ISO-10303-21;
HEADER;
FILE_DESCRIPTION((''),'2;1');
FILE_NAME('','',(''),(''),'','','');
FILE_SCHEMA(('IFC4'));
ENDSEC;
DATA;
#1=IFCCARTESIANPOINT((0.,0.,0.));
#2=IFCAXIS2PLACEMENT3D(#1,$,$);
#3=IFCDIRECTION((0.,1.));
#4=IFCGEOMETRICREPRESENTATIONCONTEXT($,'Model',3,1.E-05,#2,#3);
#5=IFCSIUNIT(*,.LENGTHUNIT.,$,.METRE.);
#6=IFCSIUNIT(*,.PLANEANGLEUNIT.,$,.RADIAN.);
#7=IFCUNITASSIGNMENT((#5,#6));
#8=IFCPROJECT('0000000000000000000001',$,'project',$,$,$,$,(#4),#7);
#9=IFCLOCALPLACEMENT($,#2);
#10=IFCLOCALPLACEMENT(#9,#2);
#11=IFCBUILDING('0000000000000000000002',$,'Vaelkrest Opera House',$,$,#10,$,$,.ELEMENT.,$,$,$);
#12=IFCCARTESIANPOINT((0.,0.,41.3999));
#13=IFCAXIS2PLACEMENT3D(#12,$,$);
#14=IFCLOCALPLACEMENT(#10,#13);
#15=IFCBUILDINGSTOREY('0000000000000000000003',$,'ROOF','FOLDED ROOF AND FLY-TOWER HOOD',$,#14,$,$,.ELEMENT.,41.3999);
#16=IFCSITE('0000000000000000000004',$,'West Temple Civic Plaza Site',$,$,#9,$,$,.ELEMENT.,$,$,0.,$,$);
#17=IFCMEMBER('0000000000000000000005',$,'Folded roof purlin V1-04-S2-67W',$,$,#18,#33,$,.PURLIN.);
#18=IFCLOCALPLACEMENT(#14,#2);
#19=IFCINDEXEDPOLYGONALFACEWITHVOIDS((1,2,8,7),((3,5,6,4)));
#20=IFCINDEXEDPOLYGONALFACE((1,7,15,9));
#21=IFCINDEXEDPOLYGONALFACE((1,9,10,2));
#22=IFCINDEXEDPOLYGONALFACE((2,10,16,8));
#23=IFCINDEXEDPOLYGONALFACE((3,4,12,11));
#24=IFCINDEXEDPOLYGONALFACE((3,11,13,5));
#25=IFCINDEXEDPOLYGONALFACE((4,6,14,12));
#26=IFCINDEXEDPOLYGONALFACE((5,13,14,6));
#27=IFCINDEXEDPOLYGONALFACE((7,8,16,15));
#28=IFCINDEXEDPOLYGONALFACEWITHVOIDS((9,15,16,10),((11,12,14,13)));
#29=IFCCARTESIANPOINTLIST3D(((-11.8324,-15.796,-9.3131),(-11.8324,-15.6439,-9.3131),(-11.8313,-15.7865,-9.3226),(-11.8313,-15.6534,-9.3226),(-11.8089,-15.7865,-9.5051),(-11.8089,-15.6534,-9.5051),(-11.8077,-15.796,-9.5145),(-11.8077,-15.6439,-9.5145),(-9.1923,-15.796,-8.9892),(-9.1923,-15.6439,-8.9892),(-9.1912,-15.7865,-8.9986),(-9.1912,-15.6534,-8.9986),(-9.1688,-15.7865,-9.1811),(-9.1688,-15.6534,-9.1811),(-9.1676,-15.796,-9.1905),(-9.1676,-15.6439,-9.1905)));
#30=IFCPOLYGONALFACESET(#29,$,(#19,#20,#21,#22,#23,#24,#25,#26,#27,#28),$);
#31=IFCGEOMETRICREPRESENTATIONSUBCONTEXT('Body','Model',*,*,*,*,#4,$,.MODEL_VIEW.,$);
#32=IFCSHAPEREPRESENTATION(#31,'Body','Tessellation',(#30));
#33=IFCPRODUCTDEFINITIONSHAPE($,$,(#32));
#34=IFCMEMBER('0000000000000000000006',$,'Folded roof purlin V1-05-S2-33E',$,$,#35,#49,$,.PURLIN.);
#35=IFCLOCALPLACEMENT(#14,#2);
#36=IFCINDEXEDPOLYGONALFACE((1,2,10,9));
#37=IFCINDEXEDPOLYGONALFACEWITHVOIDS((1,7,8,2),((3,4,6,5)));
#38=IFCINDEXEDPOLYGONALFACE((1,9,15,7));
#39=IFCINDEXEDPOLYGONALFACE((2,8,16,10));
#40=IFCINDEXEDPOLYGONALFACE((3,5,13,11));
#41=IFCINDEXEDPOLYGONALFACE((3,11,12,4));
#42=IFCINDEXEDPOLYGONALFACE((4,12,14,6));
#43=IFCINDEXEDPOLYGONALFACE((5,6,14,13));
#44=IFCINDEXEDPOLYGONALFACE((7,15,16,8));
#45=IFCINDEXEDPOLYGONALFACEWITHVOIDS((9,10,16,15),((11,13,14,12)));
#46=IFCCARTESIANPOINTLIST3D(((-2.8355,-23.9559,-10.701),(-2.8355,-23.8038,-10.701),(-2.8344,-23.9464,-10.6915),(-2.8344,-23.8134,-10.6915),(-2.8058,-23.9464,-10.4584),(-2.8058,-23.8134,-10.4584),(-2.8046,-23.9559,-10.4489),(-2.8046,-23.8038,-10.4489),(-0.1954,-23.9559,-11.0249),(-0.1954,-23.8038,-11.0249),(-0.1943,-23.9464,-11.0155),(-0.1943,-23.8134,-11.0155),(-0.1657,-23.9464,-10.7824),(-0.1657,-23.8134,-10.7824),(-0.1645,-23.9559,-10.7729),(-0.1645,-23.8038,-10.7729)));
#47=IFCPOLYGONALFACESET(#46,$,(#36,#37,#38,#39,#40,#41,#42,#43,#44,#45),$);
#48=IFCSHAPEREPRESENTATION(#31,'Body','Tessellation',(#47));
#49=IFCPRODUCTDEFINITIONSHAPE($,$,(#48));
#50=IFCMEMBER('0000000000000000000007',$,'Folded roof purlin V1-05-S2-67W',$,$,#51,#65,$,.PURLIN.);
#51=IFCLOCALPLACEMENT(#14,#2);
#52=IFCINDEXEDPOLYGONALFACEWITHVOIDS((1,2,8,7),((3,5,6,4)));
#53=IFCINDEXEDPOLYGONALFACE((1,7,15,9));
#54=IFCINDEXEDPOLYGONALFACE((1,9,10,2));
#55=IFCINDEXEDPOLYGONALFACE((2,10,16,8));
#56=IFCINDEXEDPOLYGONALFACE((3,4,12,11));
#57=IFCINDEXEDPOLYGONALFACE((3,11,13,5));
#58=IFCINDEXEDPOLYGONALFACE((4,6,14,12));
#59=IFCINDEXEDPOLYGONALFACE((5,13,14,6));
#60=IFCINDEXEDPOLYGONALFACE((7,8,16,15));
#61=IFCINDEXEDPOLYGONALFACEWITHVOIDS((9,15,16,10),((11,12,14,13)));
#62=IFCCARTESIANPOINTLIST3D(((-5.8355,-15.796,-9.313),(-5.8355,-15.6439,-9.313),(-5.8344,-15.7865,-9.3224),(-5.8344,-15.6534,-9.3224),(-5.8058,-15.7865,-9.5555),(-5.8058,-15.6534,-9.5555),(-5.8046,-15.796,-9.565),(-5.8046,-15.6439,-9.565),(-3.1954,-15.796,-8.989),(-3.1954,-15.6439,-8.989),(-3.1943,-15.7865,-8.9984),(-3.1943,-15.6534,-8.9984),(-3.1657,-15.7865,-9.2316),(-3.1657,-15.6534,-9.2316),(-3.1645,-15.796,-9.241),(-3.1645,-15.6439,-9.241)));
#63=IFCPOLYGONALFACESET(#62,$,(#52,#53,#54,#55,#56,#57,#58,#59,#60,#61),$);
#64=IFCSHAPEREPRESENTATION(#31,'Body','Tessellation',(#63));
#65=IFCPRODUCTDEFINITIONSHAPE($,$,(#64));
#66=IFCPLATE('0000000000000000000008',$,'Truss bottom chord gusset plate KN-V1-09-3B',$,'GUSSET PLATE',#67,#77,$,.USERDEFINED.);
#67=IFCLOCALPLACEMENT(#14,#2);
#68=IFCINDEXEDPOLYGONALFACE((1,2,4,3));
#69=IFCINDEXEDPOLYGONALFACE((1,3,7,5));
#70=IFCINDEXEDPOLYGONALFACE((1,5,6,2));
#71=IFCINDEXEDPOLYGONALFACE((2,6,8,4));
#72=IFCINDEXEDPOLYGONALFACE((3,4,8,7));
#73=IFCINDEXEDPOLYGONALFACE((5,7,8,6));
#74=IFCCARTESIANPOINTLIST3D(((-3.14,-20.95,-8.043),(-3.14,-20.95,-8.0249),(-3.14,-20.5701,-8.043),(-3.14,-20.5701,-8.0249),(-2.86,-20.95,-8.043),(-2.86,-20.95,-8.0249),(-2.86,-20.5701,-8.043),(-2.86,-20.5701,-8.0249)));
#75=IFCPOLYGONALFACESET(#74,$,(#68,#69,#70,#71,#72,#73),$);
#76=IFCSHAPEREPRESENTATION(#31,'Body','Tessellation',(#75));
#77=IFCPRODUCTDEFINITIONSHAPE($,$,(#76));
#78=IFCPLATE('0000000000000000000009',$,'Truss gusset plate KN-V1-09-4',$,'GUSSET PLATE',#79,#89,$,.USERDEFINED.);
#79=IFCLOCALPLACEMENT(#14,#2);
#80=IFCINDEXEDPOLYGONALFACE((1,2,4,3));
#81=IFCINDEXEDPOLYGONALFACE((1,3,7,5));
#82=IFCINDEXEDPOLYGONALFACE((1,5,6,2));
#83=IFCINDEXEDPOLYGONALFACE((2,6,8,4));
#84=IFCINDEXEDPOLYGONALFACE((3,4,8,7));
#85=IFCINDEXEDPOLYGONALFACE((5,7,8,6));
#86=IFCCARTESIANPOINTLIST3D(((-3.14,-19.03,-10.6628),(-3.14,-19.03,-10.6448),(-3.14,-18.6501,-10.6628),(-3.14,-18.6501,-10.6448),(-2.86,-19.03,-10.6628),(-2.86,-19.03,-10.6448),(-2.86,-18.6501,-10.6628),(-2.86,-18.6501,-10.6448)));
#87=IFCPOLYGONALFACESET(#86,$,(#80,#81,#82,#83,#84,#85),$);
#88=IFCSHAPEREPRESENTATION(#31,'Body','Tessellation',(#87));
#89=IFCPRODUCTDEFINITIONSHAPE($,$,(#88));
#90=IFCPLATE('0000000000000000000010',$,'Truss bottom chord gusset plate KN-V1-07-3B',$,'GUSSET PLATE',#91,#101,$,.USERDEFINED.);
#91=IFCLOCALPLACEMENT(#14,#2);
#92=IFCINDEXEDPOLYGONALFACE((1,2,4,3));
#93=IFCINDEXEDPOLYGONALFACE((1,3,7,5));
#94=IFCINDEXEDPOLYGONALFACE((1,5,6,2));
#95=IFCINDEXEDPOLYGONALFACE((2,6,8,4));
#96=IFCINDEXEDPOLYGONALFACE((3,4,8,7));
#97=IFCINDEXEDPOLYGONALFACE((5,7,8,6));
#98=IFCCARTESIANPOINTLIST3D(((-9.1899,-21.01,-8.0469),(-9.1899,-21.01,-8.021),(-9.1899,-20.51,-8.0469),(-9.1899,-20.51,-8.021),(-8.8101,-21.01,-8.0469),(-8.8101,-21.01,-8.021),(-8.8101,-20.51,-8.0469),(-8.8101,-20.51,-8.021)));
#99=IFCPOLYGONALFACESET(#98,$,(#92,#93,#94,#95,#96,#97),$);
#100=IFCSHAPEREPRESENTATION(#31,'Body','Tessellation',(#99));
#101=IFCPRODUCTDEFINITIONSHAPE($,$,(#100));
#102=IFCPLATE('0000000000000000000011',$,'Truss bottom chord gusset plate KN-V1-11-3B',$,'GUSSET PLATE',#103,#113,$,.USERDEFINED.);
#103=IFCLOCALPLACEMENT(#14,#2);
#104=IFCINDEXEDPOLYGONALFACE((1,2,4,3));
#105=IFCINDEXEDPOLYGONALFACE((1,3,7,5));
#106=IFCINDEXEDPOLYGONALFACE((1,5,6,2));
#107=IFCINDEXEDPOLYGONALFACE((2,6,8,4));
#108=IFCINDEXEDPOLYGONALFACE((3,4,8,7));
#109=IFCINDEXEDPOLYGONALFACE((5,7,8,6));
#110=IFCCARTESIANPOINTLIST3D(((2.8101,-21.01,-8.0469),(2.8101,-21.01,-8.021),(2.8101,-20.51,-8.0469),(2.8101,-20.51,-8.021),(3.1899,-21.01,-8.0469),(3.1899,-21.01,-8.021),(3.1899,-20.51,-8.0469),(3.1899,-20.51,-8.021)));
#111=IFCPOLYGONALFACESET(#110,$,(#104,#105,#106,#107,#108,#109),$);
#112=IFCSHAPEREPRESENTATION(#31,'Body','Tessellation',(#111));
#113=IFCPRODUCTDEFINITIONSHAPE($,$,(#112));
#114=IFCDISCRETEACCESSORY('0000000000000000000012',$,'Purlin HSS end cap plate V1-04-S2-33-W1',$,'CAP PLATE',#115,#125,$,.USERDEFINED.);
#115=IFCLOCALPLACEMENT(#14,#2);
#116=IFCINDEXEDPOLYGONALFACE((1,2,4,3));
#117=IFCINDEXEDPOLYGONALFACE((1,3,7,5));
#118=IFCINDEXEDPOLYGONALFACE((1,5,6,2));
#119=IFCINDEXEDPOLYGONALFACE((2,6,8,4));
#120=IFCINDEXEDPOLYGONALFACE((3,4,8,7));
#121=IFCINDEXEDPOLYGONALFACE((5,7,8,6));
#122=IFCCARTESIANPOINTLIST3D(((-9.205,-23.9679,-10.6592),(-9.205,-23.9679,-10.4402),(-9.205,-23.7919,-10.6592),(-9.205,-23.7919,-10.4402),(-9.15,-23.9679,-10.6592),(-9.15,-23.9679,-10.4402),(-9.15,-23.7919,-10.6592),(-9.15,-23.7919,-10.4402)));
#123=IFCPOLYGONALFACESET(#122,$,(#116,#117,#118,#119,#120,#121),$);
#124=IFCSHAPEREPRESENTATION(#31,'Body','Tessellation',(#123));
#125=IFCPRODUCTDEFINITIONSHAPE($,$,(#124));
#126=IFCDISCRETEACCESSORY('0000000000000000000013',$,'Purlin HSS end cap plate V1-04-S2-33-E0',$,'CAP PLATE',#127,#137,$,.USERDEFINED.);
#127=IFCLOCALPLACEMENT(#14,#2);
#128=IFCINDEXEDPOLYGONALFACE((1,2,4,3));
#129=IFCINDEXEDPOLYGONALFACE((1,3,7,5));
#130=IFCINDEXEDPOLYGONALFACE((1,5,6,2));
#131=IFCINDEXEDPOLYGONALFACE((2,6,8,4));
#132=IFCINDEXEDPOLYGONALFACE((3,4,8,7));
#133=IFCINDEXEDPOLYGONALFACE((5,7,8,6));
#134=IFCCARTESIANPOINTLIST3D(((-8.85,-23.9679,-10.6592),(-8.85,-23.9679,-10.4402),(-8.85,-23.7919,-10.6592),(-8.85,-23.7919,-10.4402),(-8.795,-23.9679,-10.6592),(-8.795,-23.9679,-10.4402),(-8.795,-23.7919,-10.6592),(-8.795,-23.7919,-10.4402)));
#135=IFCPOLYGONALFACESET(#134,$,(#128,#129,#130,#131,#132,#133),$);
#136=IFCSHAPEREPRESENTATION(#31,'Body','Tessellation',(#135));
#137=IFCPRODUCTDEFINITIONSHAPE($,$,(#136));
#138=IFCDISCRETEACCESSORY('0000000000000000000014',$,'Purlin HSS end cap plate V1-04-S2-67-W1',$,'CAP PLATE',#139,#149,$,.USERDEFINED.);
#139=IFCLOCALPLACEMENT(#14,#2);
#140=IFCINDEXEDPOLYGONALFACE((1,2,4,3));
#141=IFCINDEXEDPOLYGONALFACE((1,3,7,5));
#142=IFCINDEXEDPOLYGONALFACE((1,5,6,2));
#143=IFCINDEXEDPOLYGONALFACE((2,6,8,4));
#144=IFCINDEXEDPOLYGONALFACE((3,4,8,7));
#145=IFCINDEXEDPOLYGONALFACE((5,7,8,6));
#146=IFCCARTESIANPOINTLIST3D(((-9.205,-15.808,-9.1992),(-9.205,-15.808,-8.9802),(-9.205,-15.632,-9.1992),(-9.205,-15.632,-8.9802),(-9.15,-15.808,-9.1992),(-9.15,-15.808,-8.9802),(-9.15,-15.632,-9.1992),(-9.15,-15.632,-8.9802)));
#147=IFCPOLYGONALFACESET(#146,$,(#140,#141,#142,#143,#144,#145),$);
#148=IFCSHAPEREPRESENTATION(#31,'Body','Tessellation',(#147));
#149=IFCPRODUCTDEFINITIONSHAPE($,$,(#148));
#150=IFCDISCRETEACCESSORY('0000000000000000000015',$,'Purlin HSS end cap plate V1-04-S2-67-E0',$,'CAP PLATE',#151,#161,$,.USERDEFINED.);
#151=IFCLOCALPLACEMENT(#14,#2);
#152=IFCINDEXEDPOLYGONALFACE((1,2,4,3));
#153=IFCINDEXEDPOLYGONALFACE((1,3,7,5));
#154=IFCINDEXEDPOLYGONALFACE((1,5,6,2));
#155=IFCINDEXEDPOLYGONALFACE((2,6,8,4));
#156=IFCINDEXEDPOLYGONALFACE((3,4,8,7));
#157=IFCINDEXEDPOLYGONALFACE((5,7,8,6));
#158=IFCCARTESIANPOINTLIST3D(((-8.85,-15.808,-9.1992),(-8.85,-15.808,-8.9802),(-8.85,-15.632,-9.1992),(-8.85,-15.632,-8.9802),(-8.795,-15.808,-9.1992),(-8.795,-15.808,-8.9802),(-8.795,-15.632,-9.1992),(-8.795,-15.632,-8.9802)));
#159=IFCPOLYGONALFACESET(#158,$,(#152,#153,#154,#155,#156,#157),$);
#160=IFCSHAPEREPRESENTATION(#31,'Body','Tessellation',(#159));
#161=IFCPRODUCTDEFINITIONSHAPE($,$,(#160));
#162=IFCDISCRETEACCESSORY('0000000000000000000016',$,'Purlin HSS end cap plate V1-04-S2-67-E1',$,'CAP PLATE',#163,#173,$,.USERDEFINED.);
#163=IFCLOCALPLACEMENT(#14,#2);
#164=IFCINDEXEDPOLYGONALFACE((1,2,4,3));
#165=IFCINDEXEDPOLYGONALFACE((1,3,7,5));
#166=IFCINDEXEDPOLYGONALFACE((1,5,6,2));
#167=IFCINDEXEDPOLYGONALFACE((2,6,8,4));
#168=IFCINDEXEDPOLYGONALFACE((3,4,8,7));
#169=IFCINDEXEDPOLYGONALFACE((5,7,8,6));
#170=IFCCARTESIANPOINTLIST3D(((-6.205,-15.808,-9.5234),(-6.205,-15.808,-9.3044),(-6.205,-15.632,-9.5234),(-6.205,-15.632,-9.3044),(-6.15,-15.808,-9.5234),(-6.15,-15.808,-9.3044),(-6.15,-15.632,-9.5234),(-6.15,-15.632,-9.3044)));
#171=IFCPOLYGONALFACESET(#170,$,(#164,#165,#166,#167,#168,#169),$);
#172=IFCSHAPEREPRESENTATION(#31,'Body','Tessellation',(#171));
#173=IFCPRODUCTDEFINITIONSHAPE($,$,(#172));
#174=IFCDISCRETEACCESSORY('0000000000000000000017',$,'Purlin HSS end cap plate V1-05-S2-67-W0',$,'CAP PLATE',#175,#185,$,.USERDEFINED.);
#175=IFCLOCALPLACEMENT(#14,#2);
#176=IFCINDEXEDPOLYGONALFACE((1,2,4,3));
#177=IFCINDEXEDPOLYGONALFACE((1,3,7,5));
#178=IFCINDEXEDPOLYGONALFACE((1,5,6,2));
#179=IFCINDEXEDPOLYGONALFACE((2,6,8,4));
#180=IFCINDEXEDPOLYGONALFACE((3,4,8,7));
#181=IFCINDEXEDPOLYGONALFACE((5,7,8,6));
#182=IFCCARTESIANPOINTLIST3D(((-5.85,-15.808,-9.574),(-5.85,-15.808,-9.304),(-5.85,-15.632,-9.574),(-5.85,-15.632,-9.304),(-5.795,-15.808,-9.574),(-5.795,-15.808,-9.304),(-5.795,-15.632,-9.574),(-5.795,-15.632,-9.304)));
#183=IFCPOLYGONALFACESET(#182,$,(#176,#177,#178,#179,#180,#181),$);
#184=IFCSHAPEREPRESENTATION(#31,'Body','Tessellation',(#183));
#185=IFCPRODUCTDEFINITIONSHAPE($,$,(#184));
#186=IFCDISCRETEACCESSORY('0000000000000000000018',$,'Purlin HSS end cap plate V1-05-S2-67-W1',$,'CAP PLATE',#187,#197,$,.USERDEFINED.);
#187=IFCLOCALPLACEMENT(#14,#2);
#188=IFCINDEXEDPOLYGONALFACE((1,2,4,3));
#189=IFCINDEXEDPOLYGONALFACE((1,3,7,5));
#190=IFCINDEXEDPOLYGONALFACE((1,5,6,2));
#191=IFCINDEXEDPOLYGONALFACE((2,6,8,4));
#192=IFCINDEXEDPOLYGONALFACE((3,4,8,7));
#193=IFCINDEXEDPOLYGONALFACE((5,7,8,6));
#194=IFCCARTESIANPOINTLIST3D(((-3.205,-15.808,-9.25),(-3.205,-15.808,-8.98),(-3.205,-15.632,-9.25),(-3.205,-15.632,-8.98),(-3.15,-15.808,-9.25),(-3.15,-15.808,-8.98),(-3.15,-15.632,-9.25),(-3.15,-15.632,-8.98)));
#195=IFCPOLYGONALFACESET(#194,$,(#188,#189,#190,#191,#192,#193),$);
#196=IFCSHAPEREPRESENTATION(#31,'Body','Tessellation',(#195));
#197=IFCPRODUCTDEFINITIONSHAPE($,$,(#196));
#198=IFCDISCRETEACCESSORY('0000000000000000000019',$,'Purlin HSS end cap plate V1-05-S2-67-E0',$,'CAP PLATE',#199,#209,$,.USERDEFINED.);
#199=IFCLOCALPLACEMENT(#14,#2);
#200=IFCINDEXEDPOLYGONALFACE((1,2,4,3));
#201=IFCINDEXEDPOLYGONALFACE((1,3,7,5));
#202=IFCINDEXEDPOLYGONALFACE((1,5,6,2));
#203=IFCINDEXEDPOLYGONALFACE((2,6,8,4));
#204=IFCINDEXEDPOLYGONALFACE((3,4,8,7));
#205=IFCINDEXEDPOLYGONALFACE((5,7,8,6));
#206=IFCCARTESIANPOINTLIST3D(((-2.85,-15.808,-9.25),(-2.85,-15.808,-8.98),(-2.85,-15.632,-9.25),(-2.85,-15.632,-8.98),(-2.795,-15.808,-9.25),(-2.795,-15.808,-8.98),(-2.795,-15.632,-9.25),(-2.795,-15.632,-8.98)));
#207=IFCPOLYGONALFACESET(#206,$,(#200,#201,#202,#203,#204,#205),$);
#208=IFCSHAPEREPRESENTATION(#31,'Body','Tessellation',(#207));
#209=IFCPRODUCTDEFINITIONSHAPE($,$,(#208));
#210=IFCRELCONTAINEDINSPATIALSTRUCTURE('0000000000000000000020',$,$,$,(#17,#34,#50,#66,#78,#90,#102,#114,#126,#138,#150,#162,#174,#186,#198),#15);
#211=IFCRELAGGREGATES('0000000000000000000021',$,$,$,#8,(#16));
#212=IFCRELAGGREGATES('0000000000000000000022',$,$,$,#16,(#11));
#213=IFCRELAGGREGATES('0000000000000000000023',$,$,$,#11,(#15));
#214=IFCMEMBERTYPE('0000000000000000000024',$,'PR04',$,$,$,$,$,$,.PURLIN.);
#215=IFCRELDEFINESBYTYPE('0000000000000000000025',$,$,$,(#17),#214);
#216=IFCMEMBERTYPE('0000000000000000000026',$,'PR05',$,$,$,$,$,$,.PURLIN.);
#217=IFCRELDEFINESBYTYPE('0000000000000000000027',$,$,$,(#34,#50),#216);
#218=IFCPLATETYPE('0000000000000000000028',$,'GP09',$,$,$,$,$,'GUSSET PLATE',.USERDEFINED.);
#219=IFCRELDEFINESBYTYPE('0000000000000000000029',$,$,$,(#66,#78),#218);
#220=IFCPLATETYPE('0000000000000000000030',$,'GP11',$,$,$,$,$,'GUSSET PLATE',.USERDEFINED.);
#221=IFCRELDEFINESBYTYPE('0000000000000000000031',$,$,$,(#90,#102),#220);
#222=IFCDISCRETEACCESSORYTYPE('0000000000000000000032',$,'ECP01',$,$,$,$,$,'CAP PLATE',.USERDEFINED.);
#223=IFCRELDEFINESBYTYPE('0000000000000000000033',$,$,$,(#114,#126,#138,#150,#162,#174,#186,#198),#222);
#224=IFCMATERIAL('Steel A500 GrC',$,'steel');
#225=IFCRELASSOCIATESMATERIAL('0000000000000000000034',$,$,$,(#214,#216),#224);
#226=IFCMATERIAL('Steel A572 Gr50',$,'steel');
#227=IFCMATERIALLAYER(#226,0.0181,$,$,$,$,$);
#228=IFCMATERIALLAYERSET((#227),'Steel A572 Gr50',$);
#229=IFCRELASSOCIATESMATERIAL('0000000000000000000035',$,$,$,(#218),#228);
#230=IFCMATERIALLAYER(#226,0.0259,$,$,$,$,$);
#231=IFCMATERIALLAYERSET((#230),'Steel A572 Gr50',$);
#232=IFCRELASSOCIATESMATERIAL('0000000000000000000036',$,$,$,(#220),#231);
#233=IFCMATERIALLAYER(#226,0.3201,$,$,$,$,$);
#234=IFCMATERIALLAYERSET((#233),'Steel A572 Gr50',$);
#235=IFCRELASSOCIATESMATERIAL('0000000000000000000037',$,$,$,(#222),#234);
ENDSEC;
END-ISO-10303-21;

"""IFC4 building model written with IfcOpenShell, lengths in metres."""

from ifc_helpers import new_model, si_unit, direction, frame, origin, origin_2d, place, context, subcontext, project, spatial, rectangle, hollow_rectangle, extrude, material, layer, layer_set, material_profile, profile_set, type_object, element, save


model = new_model("IFC4")

# Units and contexts
model_context = context("Model", 3, precision=1e-05, world=origin(), true_north=direction((0.0, 1.0)))
body_context = subcontext(model_context, "Body", "Model", "MODEL_VIEW")
ifc_project = project(units=[si_unit("LENGTHUNIT", "METRE"), si_unit("PLANEANGLEUNIT", "RADIAN")], contexts=[model_context])

# Site, building, storey
site_placement = place(None, origin())
site = spatial("IfcSite", under=ifc_project, at=site_placement, Name="West Temple Civic Plaza Site", CompositionType="ELEMENT", RefElevation=0.0)
building_placement = place(site_placement, origin())
building = spatial("IfcBuilding", under=site, at=building_placement, Name="Vaelkrest Opera House", CompositionType="ELEMENT")
storey_placement = place(building_placement, frame((0.0, 0.0, 41.3999)))
storey = spatial("IfcBuildingStorey", under=building, at=storey_placement, Name="ROOF", Description="FOLDED ROOF AND FLY-TOWER HOOD", CompositionType="ELEMENT", Elevation=41.3999)

# Members
ifc_material_1 = material(Name="Steel A500 GrC", Category="steel")
ifc_material_profile_1 = material_profile(ifc_material_1, hollow_rectangle(XDim=0.1521, YDim=0.2029, WallThickness=0.0095, at=origin_2d()), Name="HSS203X152X9.5")
ifc_profile_set_1 = profile_set([ifc_material_profile_1], Name="Steel A500 GrC")
member_type_1 = type_object("IfcMemberType", Name="PR04", PredefinedType="PURLIN", material=ifc_profile_set_1)
for number, where, z_axis, x_axis, name in (
    (1, (-11.8201, -15.72, -9.4138), (0.992555, 0.0, 0.121798), (0.0, 1.0, 0.0), "Folded roof purlin V1-04-S2-67W"),
):
    element("IfcMember", number, at=place(storey_placement, frame(where, z_axis=z_axis, x_axis=x_axis)), inside=storey, type_object=member_type_1, Name=name, PredefinedType="PURLIN", context=body_context, shape_type="SweptSolid", body=[
        extrude(hollow_rectangle(XDim=0.1521, YDim=0.2029, WallThickness=0.0095, at=origin_2d()), origin(), (0.0, 0.0, 1.0), 2.6599),
    ])
ifc_material_profile_2 = material_profile(ifc_material_1, hollow_rectangle(XDim=0.1521, YDim=0.2539, WallThickness=0.0095, at=origin_2d()), Name="HSS254X152X9.5")
ifc_profile_set_2 = profile_set([ifc_material_profile_2], Name="Steel A500 GrC")
member_type_2 = type_object("IfcMemberType", Name="PR05", PredefinedType="PURLIN", material=ifc_profile_set_2)
for number, where, z_axis, x_axis, name in (
    (2, (-2.8201, -23.8799, -10.575), (0.992555, 0.0, -0.121798), (0.0, 1.0, 0.0), "Folded roof purlin V1-05-S2-33E"),
    (3, (-5.8201, -15.72, -9.439), (0.992555, 0.0, 0.121798), (0.0, 1.0, 0.0), "Folded roof purlin V1-05-S2-67W"),
):
    element("IfcMember", number, at=place(storey_placement, frame(where, z_axis=z_axis, x_axis=x_axis)), inside=storey, type_object=member_type_2, Name=name, PredefinedType="PURLIN", context=body_context, shape_type="SweptSolid", body=[
        extrude(hollow_rectangle(XDim=0.1521, YDim=0.2539, WallThickness=0.0095, at=origin_2d()), origin(), (0.0, 0.0, 1.0), 2.6599),
    ])

# Plates
ifc_material_2 = material(Name="Steel A572 Gr50", Category="steel")
ifc_layer_1 = layer(ifc_material_2, 0.0181)
ifc_layer_set_1 = layer_set([ifc_layer_1], Name="Steel A572 Gr50")
plate_type_1 = type_object("IfcPlateType", Name="GP09", ElementType="GUSSET PLATE", PredefinedType="USERDEFINED", material=ifc_layer_set_1)
for number, where, z_axis, x_axis, name in (
    (4, (-3.0, -20.76, -8.043), (0.0, 0.0, 1.0), (0.0, 1.0, 0.0), "Truss bottom chord gusset plate KN-V1-09-3B"),
    (5, (-3.0, -18.8401, -10.6628), (0.0, 0.0, 1.0), (0.0, 1.0, 0.0), "Truss gusset plate KN-V1-09-4"),
):
    element("IfcPlate", number, at=place(storey_placement, frame(where, z_axis=z_axis, x_axis=x_axis)), inside=storey, type_object=plate_type_1, Name=name, ObjectType="GUSSET PLATE", PredefinedType="USERDEFINED", context=body_context, shape_type="SweptSolid", body=[
        extrude(rectangle(XDim=0.3799, YDim=0.28, at=origin_2d()), origin(), (0.0, 0.0, 1.0), 0.0181),
    ])
ifc_layer_2 = layer(ifc_material_2, 0.0259)
ifc_layer_set_2 = layer_set([ifc_layer_2], Name="Steel A572 Gr50")
plate_type_2 = type_object("IfcPlateType", Name="GP11", ElementType="GUSSET PLATE", PredefinedType="USERDEFINED", material=ifc_layer_set_2)
for number, where, z_axis, x_axis, name in (
    (6, (-9.0, -20.76, -8.0469), (0.0, 0.0, 1.0), (0.0, 1.0, 0.0), "Truss bottom chord gusset plate KN-V1-07-3B"),
    (7, (3.0, -20.76, -8.0469), (0.0, 0.0, 1.0), (0.0, 1.0, 0.0), "Truss bottom chord gusset plate KN-V1-11-3B"),
):
    element("IfcPlate", number, at=place(storey_placement, frame(where, z_axis=z_axis, x_axis=x_axis)), inside=storey, type_object=plate_type_2, Name=name, ObjectType="GUSSET PLATE", PredefinedType="USERDEFINED", context=body_context, shape_type="SweptSolid", body=[
        extrude(rectangle(XDim=0.5, YDim=0.3799, at=origin_2d()), origin(), (0.0, 0.0, 1.0), 0.0259),
    ])

# Discrete accessories
ifc_layer_3 = layer(ifc_material_2, 0.3201)
ifc_layer_set_3 = layer_set([ifc_layer_3], Name="Steel A572 Gr50")
discrete_accessory_type = type_object("IfcDiscreteAccessoryType", Name="ECP01", ElementType="CAP PLATE", PredefinedType="USERDEFINED", material=ifc_layer_set_3)
for number, where, z_axis, x_axis, name in (
    (8, (-9.1775, -23.8799, -10.6592), (0.0, 0.0, 1.0), (1.0, 0.0, 0.0), "Purlin HSS end cap plate V1-04-S2-33-W1"),
    (9, (-8.8225, -23.8799, -10.6592), (0.0, 0.0, 1.0), (1.0, 0.0, 0.0), "Purlin HSS end cap plate V1-04-S2-33-E0"),
    (10, (-9.1775, -15.72, -9.1992), (0.0, 0.0, 1.0), (1.0, 0.0, 0.0), "Purlin HSS end cap plate V1-04-S2-67-W1"),
    (11, (-8.8225, -15.72, -9.1992), (0.0, 0.0, 1.0), (1.0, 0.0, 0.0), "Purlin HSS end cap plate V1-04-S2-67-E0"),
    (12, (-6.1775, -15.72, -9.5234), (0.0, 0.0, 1.0), (1.0, 0.0, 0.0), "Purlin HSS end cap plate V1-04-S2-67-E1"),
):
    element("IfcDiscreteAccessory", number, at=place(storey_placement, frame(where, z_axis=z_axis, x_axis=x_axis)), inside=storey, type_object=discrete_accessory_type, Name=name, ObjectType="CAP PLATE", PredefinedType="USERDEFINED", context=body_context, shape_type="SweptSolid", body=[
        extrude(rectangle(XDim=0.0549, YDim=0.176, at=origin_2d()), origin(), (0.0, 0.0, 1.0), 0.219),
    ])
for number, where, z_axis, x_axis, name in (
    (13, (-5.8225, -15.72, -9.574), (0.0, 0.0, 1.0), (1.0, 0.0, 0.0), "Purlin HSS end cap plate V1-05-S2-67-W0"),
    (14, (-3.1775, -15.72, -9.25), (0.0, 0.0, 1.0), (1.0, 0.0, 0.0), "Purlin HSS end cap plate V1-05-S2-67-W1"),
    (15, (-2.8225, -15.72, -9.25), (0.0, 0.0, 1.0), (1.0, 0.0, 0.0), "Purlin HSS end cap plate V1-05-S2-67-E0"),
):
    element("IfcDiscreteAccessory", number, at=place(storey_placement, frame(where, z_axis=z_axis, x_axis=x_axis)), inside=storey, type_object=discrete_accessory_type, Name=name, ObjectType="CAP PLATE", PredefinedType="USERDEFINED", context=body_context, shape_type="SweptSolid", body=[
        extrude(rectangle(XDim=0.0549, YDim=0.176, at=origin_2d()), origin(), (0.0, 0.0, 1.0), 0.27),
    ])

save(model, "model.ifc")
